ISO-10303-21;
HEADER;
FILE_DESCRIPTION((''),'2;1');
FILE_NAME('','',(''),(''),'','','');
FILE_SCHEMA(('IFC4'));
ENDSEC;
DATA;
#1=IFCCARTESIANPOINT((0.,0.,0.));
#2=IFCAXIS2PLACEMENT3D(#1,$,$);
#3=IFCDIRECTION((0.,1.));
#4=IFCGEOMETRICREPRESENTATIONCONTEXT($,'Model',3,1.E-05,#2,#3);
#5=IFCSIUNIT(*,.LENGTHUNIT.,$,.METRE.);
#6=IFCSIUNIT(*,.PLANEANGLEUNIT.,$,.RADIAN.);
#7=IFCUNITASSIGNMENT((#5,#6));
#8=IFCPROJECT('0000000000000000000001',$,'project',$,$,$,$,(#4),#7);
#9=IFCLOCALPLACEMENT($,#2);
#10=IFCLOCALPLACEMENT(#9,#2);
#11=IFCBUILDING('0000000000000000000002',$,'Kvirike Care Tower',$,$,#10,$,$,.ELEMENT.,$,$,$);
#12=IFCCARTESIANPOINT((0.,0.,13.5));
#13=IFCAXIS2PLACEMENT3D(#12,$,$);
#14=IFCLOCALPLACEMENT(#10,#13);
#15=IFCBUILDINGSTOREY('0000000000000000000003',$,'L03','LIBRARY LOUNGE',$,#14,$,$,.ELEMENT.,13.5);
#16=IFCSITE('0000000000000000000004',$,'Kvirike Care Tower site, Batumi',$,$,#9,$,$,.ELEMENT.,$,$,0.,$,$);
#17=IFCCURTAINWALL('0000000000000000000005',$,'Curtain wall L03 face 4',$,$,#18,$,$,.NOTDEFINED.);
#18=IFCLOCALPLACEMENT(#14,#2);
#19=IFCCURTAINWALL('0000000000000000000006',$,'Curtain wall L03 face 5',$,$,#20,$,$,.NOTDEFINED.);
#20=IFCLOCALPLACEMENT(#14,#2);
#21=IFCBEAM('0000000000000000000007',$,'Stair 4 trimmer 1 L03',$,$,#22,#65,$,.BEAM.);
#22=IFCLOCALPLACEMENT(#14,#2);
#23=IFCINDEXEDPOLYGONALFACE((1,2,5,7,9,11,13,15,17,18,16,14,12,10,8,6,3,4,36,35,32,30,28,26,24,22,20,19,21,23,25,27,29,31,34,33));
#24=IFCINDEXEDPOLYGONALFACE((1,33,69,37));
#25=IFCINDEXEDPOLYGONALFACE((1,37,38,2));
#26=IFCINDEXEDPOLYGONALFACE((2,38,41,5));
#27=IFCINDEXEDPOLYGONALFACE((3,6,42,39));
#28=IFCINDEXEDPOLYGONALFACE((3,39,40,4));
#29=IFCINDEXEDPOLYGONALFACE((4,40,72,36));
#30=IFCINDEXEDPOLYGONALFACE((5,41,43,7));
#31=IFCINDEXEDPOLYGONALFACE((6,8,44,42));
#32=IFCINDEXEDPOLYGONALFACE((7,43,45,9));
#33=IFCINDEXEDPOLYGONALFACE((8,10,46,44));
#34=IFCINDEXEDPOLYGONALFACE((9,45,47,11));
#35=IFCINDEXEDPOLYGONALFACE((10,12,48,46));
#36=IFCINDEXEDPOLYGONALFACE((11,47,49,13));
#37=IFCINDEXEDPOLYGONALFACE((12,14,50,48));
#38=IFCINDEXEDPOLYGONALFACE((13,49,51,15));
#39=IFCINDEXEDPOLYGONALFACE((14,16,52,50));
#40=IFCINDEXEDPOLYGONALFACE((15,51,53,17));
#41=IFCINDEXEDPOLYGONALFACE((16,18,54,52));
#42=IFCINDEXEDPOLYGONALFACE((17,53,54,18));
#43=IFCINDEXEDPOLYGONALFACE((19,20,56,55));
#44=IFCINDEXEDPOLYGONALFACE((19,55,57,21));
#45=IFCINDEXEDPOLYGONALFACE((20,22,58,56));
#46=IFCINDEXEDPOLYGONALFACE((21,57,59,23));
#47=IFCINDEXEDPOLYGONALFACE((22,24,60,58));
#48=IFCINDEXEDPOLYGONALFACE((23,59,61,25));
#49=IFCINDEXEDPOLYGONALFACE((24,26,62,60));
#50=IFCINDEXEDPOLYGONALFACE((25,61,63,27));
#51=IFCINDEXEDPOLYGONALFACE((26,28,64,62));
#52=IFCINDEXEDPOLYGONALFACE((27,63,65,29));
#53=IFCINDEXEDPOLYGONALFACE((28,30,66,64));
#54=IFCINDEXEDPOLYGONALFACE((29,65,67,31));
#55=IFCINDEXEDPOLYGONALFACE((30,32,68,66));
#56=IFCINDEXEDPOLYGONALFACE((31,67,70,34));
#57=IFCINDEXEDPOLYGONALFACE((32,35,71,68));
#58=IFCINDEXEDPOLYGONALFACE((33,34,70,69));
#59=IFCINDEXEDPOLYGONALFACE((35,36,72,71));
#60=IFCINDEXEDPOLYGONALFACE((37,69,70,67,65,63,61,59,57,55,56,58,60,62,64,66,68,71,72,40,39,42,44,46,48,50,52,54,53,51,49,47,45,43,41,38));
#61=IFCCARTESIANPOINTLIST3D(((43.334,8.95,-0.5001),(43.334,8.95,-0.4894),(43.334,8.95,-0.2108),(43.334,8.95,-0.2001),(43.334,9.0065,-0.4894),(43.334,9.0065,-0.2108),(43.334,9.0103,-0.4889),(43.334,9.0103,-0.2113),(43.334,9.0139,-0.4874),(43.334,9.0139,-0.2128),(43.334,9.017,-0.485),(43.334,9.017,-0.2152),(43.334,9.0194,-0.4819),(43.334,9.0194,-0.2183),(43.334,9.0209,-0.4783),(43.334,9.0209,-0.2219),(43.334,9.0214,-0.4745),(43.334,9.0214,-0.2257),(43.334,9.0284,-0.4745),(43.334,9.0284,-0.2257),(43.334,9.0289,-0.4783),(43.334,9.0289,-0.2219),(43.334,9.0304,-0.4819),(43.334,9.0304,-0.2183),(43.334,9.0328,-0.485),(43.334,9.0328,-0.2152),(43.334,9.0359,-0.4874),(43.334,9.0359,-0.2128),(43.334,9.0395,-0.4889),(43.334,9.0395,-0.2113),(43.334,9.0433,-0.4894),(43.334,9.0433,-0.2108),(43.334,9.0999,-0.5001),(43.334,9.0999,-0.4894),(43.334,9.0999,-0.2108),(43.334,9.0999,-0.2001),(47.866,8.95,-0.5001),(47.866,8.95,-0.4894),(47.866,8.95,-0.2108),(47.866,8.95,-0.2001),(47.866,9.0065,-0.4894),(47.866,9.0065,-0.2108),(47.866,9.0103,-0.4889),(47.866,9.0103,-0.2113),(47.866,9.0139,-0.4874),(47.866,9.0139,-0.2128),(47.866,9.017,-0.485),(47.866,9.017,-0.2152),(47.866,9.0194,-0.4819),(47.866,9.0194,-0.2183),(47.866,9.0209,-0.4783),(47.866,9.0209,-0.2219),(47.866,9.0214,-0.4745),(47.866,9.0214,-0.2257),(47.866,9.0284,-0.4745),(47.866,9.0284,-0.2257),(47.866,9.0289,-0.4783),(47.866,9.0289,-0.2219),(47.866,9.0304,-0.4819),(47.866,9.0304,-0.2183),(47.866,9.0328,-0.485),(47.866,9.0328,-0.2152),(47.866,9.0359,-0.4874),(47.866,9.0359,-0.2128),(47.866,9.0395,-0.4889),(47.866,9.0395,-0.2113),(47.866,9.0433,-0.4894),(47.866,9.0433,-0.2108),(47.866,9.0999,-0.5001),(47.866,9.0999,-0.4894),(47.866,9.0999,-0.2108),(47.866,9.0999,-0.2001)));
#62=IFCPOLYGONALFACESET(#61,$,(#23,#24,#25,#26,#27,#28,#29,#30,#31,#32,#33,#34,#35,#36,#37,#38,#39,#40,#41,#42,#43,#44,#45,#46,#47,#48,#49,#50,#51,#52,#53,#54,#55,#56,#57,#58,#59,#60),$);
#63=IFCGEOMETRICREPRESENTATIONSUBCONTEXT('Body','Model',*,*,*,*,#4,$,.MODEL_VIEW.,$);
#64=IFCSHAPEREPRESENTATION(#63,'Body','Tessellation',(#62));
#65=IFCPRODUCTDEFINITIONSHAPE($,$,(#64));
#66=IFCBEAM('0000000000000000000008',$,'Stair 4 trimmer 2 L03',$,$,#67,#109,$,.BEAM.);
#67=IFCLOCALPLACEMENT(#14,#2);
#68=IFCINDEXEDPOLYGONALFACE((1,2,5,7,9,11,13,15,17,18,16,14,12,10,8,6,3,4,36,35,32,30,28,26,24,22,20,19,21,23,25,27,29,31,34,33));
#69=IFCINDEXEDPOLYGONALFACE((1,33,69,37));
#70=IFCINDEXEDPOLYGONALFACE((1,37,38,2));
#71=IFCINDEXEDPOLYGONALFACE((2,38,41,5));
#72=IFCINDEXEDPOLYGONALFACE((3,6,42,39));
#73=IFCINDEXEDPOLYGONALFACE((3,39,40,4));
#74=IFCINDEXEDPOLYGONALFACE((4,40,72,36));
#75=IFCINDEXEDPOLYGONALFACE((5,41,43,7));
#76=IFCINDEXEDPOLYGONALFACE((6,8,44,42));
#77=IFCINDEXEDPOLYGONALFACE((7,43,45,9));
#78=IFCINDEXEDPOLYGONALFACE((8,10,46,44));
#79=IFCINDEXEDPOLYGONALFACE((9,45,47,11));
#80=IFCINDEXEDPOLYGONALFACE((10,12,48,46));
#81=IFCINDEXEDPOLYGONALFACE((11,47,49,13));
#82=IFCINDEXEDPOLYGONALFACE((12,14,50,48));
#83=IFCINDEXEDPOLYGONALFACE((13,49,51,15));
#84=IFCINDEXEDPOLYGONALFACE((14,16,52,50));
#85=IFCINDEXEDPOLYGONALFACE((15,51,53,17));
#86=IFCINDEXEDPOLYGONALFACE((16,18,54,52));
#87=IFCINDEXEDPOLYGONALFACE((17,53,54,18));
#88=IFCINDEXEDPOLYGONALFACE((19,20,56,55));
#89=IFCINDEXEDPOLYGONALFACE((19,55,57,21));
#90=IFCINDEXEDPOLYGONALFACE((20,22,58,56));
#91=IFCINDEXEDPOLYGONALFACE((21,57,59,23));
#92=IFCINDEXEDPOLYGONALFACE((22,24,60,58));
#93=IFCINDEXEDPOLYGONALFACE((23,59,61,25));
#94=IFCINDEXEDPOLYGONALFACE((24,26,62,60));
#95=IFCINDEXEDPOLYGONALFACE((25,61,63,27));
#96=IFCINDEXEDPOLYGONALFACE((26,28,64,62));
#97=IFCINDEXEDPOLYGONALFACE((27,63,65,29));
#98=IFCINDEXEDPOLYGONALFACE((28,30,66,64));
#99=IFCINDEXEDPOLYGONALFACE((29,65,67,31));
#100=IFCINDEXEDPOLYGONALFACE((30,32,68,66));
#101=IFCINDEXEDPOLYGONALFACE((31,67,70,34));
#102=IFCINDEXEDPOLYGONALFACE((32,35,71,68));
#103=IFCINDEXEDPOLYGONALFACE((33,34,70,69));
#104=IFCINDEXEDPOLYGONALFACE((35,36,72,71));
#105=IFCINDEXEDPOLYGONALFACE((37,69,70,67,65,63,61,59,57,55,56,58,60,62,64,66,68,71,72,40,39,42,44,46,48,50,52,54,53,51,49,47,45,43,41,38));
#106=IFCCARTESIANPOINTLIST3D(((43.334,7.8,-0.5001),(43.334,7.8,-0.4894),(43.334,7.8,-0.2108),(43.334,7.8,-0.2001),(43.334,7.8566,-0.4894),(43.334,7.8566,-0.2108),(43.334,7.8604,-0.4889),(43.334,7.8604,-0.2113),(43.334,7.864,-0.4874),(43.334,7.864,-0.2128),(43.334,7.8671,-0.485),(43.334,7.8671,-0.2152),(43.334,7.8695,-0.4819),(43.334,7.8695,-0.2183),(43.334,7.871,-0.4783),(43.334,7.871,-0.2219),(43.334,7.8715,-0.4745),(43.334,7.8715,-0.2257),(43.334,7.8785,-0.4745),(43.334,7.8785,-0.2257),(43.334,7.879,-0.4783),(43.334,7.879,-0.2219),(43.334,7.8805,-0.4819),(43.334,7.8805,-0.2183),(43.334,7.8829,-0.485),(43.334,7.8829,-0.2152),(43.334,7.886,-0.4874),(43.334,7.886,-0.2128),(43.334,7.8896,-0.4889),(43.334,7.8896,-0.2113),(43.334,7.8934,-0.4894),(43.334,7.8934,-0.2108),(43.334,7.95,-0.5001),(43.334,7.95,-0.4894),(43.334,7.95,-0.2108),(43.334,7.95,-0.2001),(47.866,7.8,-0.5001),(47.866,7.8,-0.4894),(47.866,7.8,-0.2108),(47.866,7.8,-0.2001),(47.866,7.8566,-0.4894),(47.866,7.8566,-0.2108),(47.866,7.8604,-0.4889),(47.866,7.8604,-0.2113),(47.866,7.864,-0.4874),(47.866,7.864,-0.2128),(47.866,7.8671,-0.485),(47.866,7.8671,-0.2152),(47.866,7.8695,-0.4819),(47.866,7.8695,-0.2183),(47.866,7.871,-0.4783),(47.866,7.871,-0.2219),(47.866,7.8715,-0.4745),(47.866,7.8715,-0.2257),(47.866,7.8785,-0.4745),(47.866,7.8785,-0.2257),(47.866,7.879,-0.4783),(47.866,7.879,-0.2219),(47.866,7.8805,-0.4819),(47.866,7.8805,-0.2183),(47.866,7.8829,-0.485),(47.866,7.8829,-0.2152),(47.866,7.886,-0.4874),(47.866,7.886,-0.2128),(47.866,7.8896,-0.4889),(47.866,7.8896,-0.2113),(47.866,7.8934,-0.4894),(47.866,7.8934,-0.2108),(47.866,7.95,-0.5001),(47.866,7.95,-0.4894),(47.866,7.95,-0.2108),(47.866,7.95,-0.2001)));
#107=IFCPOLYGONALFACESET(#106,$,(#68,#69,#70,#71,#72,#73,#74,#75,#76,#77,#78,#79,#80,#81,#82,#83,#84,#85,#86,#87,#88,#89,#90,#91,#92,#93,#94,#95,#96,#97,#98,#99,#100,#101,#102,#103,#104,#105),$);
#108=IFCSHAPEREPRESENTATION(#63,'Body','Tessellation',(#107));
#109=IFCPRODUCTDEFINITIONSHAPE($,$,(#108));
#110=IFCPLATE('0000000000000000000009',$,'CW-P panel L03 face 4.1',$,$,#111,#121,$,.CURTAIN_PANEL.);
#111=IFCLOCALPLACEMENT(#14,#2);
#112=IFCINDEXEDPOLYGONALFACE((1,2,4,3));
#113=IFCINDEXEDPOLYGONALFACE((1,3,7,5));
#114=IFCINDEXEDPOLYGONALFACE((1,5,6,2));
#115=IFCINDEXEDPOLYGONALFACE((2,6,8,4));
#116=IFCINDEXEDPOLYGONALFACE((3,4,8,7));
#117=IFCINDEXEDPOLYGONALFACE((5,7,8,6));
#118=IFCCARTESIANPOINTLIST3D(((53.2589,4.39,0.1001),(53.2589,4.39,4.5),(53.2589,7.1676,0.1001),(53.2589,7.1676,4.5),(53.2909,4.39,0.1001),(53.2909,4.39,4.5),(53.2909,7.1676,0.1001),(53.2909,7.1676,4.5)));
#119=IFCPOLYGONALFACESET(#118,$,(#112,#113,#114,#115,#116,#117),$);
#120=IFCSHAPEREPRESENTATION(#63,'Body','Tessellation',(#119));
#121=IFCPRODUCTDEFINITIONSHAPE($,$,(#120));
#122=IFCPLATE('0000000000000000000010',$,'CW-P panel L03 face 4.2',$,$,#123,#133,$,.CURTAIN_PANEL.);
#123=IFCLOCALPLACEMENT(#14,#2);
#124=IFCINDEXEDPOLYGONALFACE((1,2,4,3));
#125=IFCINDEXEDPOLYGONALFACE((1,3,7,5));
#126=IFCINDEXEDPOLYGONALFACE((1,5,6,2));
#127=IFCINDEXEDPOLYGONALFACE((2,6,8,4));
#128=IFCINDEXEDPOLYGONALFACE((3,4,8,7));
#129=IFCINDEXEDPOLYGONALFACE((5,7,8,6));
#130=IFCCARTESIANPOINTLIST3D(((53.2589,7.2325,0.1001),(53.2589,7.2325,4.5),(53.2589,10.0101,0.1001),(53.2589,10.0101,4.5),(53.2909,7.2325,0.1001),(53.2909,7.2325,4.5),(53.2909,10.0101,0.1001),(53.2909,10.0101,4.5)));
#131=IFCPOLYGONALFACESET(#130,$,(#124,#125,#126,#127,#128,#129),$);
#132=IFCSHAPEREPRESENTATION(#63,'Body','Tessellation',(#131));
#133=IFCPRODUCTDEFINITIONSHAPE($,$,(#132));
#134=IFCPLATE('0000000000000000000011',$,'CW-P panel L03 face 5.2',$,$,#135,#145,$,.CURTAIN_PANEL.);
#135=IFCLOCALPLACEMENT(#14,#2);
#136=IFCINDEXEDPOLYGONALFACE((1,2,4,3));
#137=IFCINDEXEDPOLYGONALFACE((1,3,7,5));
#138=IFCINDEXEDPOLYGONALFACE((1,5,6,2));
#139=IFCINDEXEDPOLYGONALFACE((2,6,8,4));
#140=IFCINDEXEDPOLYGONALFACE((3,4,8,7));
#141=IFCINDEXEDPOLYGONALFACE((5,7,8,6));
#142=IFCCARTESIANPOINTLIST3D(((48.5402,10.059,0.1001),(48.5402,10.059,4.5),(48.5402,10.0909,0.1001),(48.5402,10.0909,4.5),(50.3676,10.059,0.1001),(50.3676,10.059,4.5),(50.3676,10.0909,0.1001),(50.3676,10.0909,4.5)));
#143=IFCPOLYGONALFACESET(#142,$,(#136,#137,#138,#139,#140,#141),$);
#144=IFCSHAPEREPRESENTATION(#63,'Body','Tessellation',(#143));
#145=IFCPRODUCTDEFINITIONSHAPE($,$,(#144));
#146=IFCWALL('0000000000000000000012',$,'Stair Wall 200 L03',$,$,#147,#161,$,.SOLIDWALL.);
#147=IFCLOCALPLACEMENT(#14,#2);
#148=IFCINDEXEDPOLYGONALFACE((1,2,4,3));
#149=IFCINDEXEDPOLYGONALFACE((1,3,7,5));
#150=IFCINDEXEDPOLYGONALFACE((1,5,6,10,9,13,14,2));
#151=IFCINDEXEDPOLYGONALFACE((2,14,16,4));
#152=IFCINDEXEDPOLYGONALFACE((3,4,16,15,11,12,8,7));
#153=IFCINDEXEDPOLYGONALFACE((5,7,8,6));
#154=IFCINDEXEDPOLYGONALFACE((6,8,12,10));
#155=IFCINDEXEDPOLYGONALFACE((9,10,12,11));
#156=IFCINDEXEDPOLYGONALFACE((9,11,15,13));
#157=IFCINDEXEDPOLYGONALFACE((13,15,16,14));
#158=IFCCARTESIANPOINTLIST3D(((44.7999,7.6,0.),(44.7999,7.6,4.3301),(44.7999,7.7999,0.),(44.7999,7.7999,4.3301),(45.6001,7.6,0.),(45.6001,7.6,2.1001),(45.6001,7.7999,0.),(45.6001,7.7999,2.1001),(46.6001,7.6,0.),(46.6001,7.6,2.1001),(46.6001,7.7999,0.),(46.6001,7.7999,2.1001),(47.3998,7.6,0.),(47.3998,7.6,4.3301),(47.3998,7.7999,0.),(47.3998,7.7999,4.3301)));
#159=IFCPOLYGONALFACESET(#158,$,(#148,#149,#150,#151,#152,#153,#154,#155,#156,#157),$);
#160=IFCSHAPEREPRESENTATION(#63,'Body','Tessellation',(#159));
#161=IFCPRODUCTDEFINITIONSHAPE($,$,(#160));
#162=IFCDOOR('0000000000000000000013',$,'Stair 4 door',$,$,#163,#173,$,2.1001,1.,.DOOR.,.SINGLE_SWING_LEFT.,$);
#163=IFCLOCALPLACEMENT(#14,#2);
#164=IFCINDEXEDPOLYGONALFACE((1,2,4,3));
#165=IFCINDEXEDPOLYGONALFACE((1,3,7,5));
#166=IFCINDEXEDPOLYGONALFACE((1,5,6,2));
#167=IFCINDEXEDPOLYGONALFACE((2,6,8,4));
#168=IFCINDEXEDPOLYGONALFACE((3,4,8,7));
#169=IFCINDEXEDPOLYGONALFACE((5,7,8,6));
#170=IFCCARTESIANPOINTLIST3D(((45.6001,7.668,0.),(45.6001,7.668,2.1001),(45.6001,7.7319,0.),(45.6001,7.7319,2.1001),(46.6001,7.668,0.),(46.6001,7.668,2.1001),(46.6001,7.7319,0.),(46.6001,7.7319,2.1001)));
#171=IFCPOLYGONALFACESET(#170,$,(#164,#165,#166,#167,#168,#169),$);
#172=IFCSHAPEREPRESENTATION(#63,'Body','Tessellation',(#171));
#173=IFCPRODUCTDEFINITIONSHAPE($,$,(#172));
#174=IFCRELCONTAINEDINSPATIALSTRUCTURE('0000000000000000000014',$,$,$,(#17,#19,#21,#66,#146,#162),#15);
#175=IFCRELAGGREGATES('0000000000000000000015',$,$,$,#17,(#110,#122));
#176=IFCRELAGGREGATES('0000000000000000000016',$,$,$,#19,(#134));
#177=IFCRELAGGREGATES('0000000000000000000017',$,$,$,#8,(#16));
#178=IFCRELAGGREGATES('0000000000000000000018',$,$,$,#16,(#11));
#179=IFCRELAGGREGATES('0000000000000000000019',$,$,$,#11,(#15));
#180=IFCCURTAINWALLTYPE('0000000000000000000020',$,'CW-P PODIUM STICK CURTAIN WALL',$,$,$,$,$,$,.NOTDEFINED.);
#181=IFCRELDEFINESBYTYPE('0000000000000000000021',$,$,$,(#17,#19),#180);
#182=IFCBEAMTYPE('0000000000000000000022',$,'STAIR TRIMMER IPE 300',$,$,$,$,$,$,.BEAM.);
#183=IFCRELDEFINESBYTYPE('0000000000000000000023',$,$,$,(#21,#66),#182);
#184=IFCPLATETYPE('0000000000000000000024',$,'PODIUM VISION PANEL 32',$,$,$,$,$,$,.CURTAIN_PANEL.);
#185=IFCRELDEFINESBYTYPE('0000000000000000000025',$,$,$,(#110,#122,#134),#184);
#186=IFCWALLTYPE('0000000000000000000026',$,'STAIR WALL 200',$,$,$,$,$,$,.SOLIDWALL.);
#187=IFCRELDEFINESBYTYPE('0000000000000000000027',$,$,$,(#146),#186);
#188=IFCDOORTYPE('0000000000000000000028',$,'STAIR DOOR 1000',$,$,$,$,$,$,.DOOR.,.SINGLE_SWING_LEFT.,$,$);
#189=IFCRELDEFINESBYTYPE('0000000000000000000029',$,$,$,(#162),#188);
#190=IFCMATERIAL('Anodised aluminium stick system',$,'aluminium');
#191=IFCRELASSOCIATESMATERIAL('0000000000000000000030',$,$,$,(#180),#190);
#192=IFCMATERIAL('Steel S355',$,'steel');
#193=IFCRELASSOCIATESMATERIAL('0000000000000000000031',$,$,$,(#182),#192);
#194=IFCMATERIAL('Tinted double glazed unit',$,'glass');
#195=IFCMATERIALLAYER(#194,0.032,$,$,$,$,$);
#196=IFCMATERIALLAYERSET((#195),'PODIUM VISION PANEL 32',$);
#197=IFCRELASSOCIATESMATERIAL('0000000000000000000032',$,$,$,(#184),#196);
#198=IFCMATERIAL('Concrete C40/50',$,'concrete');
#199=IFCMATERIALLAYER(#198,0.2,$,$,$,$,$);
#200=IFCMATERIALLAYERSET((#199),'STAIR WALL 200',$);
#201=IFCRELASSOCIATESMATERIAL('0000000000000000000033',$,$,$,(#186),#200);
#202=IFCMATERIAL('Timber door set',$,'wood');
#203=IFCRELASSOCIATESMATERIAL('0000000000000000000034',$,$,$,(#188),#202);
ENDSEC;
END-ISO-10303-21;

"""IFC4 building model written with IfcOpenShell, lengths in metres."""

from ifc_helpers import new_model, si_unit, direction, frame, frame_2d, origin, origin_2d, place, context, subcontext, project, spatial, rectangle, i_section, extrude, material, layer, layer_set, material_profile, profile_set, type_object, element, fill, aggregate, save


model = new_model("IFC4")

# Units and contexts
model_context = context("Model", 3, precision=1e-05, world=origin(), true_north=direction((0.0, 1.0)))
body_context = subcontext(model_context, "Body", "Model", "MODEL_VIEW")
ifc_project = project(units=[si_unit("LENGTHUNIT", "METRE"), si_unit("PLANEANGLEUNIT", "RADIAN")], contexts=[model_context])

# Site, building, storey
site_placement = place(None, origin())
site = spatial("IfcSite", under=ifc_project, at=site_placement, Name="Kvirike Care Tower site, Batumi", CompositionType="ELEMENT", RefElevation=0.0)
building_placement = place(site_placement, origin())
building = spatial("IfcBuilding", under=site, at=building_placement, Name="Kvirike Care Tower", CompositionType="ELEMENT")
storey_placement = place(building_placement, frame((0.0, 0.0, 13.5)))
storey = spatial("IfcBuildingStorey", under=building, at=storey_placement, Name="L03", Description="LIBRARY LOUNGE", CompositionType="ELEMENT", Elevation=13.5)

# Curtain wall
ifc_material_1 = material(Name="Anodised aluminium stick system", Category="aluminium")
curtain_wall_type = type_object("IfcCurtainWallType", Name="CW-P PODIUM STICK CURTAIN WALL", PredefinedType="NOTDEFINED", material=ifc_material_1)
curtain_wall_1_placement = place(storey_placement, origin())
curtain_wall_1 = element("IfcCurtainWall", 1, at=curtain_wall_1_placement, inside=storey, type_object=curtain_wall_type, Name="Curtain wall L03 face 4", PredefinedType="NOTDEFINED")

# Curtain wall
curtain_wall_2_placement = place(storey_placement, origin())
curtain_wall_2 = element("IfcCurtainWall", 2, at=curtain_wall_2_placement, inside=storey, type_object=curtain_wall_type, Name="Curtain wall L03 face 5", PredefinedType="NOTDEFINED")

# Beams
ifc_material_2 = material(Name="Steel S355", Category="steel")
ifc_material_profile_1 = material_profile(ifc_material_2, i_section(OverallWidth=0.1499, OverallDepth=0.3, WebThickness=0.0071, FlangeThickness=0.0107, FilletRadius=0.0149, at=origin_2d()), Name="IPE 300")
ifc_profile_set_1 = profile_set([ifc_material_profile_1], Name="Steel S355")
beam_type_1 = type_object("IfcBeamType", Name="STAIR TRIMMER IPE 300", PredefinedType="BEAM", material=ifc_profile_set_1)
for number, where, z_axis, x_axis, name in (
    (3, (43.334, 9.0249, -0.3501), (1.0, 0.0, 0.0), (0.0, 1.0, 0.0), "Stair 4 trimmer 1 L03"),
    (4, (43.334, 7.875, -0.3501), (1.0, 0.0, 0.0), (0.0, 1.0, 0.0), "Stair 4 trimmer 2 L03"),
):
    element("IfcBeam", number, at=place(storey_placement, frame(where, z_axis=z_axis, x_axis=x_axis)), inside=storey, type_object=beam_type_1, Name=name, PredefinedType="BEAM", context=body_context, shape_type="SweptSolid", body=[
        extrude(i_section(OverallWidth=0.1499, OverallDepth=0.3, WebThickness=0.0071, FlangeThickness=0.0107, FilletRadius=0.0149, at=origin_2d()), origin(), (0.0, 0.0, 1.0), 4.532),
    ])

# Plates
ifc_material_3 = material(Name="Tinted double glazed unit", Category="glass")
ifc_layer_1 = layer(ifc_material_3, 0.032)
ifc_layer_set_1 = layer_set([ifc_layer_1], Name="PODIUM VISION PANEL 32")
plate_type = type_object("IfcPlateType", Name="PODIUM VISION PANEL 32", PredefinedType="CURTAIN_PANEL", material=ifc_layer_set_1)
plate_1_placement = place(storey_placement, frame((53.2749, 5.7788, 0.1001), z_axis=(0.0, 0.0, 1.0), x_axis=(0.0, 1.0, 0.0)))
plate_1 = element("IfcPlate", 5, at=plate_1_placement, type_object=plate_type, Name="CW-P panel L03 face 4.1", PredefinedType="CURTAIN_PANEL", context=body_context, shape_type="SweptSolid", body=[
    extrude(rectangle(XDim=2.7776, YDim=0.032, at=origin_2d()), origin(), (0.0, 0.0, 1.0), 4.3999),
])
plate_2_placement = place(storey_placement, frame((53.2749, 8.6213, 0.1001), z_axis=(0.0, 0.0, 1.0), x_axis=(0.0, 1.0, 0.0)))
plate_2 = element("IfcPlate", 6, at=plate_2_placement, type_object=plate_type, Name="CW-P panel L03 face 4.2", PredefinedType="CURTAIN_PANEL", context=body_context, shape_type="SweptSolid", body=[
    extrude(rectangle(XDim=2.7776, YDim=0.032, at=origin_2d()), origin(), (0.0, 0.0, 1.0), 4.3999),
])
aggregate(curtain_wall_1, [plate_1, plate_2])
plate_3_placement = place(storey_placement, frame((49.4539, 10.075, 0.1001), z_axis=(0.0, 0.0, 1.0), x_axis=(-1.0, 0.0, 0.0)))
plate_3 = element("IfcPlate", 7, at=plate_3_placement, type_object=plate_type, Name="CW-P panel L03 face 5.2", PredefinedType="CURTAIN_PANEL", context=body_context, shape_type="SweptSolid", body=[
    extrude(rectangle(XDim=1.8274, YDim=0.032, at=origin_2d()), origin(), (0.0, 0.0, 1.0), 4.3999),
])
aggregate(curtain_wall_2, [plate_3])

# Wall, opening, door
ifc_material_4 = material(Name="Concrete C40/50", Category="concrete")
ifc_layer_2 = layer(ifc_material_4, 0.2)
ifc_layer_set_2 = layer_set([ifc_layer_2], Name="STAIR WALL 200")
wall_type = type_object("IfcWallType", Name="STAIR WALL 200", PredefinedType="SOLIDWALL", material=ifc_layer_set_2)
wall_placement = place(storey_placement, frame((44.8, 7.7, 0.0), z_axis=(0.0, 0.0, 1.0), x_axis=(1.0, 0.0, 0.0)))
wall = element("IfcWall", 8, at=wall_placement, inside=storey, type_object=wall_type, Name="Stair Wall 200 L03", PredefinedType="SOLIDWALL", context=body_context, shape_type="SweptSolid", body=[
    extrude(rectangle(XDim=2.5999, YDim=0.2, at=frame_2d((1.2998, 0.0))), origin(), (0.0, 0.0, 1.0), 4.3301),
])
opening_placement = place(wall_placement, frame((0.8, 0.0, 0.0)))
opening = element("IfcOpeningElement", 9, at=opening_placement, cuts=wall, PredefinedType="OPENING", context=body_context, shape_type="SweptSolid", body=[
    extrude(rectangle(XDim=1.0, YDim=2.1001, at=frame_2d((0.5, 1.05))), frame((0.0, 0.1106, 0.0), z_axis=(0.0, -1.0, 0.0), x_axis=(1.0, 0.0, 0.0)), (0.0, 0.0, 1.0), 0.2209),
])
ifc_material_5 = material(Name="Timber door set", Category="wood")
door_type = type_object("IfcDoorType", Name="STAIR DOOR 1000", OperationType="SINGLE_SWING_LEFT", PredefinedType="DOOR", material=ifc_material_5)
door_placement = place(opening_placement, origin())
door = element("IfcDoor", 10, at=door_placement, inside=storey, type_object=door_type, Name="Stair 4 door", OperationType="SINGLE_SWING_LEFT", OverallHeight=2.1001, OverallWidth=1.0, PredefinedType="DOOR", context=body_context, shape_type="SweptSolid", body=[
    extrude(rectangle(XDim=1.0, YDim=2.1001, at=frame_2d((0.5, 1.05))), frame((0.0, 0.032, 0.0), z_axis=(0.0, -1.0, 0.0), x_axis=(1.0, 0.0, 0.0)), (0.0, 0.0, 1.0), 0.064),
])
fill(opening, door)

save(model, "model.ifc")
